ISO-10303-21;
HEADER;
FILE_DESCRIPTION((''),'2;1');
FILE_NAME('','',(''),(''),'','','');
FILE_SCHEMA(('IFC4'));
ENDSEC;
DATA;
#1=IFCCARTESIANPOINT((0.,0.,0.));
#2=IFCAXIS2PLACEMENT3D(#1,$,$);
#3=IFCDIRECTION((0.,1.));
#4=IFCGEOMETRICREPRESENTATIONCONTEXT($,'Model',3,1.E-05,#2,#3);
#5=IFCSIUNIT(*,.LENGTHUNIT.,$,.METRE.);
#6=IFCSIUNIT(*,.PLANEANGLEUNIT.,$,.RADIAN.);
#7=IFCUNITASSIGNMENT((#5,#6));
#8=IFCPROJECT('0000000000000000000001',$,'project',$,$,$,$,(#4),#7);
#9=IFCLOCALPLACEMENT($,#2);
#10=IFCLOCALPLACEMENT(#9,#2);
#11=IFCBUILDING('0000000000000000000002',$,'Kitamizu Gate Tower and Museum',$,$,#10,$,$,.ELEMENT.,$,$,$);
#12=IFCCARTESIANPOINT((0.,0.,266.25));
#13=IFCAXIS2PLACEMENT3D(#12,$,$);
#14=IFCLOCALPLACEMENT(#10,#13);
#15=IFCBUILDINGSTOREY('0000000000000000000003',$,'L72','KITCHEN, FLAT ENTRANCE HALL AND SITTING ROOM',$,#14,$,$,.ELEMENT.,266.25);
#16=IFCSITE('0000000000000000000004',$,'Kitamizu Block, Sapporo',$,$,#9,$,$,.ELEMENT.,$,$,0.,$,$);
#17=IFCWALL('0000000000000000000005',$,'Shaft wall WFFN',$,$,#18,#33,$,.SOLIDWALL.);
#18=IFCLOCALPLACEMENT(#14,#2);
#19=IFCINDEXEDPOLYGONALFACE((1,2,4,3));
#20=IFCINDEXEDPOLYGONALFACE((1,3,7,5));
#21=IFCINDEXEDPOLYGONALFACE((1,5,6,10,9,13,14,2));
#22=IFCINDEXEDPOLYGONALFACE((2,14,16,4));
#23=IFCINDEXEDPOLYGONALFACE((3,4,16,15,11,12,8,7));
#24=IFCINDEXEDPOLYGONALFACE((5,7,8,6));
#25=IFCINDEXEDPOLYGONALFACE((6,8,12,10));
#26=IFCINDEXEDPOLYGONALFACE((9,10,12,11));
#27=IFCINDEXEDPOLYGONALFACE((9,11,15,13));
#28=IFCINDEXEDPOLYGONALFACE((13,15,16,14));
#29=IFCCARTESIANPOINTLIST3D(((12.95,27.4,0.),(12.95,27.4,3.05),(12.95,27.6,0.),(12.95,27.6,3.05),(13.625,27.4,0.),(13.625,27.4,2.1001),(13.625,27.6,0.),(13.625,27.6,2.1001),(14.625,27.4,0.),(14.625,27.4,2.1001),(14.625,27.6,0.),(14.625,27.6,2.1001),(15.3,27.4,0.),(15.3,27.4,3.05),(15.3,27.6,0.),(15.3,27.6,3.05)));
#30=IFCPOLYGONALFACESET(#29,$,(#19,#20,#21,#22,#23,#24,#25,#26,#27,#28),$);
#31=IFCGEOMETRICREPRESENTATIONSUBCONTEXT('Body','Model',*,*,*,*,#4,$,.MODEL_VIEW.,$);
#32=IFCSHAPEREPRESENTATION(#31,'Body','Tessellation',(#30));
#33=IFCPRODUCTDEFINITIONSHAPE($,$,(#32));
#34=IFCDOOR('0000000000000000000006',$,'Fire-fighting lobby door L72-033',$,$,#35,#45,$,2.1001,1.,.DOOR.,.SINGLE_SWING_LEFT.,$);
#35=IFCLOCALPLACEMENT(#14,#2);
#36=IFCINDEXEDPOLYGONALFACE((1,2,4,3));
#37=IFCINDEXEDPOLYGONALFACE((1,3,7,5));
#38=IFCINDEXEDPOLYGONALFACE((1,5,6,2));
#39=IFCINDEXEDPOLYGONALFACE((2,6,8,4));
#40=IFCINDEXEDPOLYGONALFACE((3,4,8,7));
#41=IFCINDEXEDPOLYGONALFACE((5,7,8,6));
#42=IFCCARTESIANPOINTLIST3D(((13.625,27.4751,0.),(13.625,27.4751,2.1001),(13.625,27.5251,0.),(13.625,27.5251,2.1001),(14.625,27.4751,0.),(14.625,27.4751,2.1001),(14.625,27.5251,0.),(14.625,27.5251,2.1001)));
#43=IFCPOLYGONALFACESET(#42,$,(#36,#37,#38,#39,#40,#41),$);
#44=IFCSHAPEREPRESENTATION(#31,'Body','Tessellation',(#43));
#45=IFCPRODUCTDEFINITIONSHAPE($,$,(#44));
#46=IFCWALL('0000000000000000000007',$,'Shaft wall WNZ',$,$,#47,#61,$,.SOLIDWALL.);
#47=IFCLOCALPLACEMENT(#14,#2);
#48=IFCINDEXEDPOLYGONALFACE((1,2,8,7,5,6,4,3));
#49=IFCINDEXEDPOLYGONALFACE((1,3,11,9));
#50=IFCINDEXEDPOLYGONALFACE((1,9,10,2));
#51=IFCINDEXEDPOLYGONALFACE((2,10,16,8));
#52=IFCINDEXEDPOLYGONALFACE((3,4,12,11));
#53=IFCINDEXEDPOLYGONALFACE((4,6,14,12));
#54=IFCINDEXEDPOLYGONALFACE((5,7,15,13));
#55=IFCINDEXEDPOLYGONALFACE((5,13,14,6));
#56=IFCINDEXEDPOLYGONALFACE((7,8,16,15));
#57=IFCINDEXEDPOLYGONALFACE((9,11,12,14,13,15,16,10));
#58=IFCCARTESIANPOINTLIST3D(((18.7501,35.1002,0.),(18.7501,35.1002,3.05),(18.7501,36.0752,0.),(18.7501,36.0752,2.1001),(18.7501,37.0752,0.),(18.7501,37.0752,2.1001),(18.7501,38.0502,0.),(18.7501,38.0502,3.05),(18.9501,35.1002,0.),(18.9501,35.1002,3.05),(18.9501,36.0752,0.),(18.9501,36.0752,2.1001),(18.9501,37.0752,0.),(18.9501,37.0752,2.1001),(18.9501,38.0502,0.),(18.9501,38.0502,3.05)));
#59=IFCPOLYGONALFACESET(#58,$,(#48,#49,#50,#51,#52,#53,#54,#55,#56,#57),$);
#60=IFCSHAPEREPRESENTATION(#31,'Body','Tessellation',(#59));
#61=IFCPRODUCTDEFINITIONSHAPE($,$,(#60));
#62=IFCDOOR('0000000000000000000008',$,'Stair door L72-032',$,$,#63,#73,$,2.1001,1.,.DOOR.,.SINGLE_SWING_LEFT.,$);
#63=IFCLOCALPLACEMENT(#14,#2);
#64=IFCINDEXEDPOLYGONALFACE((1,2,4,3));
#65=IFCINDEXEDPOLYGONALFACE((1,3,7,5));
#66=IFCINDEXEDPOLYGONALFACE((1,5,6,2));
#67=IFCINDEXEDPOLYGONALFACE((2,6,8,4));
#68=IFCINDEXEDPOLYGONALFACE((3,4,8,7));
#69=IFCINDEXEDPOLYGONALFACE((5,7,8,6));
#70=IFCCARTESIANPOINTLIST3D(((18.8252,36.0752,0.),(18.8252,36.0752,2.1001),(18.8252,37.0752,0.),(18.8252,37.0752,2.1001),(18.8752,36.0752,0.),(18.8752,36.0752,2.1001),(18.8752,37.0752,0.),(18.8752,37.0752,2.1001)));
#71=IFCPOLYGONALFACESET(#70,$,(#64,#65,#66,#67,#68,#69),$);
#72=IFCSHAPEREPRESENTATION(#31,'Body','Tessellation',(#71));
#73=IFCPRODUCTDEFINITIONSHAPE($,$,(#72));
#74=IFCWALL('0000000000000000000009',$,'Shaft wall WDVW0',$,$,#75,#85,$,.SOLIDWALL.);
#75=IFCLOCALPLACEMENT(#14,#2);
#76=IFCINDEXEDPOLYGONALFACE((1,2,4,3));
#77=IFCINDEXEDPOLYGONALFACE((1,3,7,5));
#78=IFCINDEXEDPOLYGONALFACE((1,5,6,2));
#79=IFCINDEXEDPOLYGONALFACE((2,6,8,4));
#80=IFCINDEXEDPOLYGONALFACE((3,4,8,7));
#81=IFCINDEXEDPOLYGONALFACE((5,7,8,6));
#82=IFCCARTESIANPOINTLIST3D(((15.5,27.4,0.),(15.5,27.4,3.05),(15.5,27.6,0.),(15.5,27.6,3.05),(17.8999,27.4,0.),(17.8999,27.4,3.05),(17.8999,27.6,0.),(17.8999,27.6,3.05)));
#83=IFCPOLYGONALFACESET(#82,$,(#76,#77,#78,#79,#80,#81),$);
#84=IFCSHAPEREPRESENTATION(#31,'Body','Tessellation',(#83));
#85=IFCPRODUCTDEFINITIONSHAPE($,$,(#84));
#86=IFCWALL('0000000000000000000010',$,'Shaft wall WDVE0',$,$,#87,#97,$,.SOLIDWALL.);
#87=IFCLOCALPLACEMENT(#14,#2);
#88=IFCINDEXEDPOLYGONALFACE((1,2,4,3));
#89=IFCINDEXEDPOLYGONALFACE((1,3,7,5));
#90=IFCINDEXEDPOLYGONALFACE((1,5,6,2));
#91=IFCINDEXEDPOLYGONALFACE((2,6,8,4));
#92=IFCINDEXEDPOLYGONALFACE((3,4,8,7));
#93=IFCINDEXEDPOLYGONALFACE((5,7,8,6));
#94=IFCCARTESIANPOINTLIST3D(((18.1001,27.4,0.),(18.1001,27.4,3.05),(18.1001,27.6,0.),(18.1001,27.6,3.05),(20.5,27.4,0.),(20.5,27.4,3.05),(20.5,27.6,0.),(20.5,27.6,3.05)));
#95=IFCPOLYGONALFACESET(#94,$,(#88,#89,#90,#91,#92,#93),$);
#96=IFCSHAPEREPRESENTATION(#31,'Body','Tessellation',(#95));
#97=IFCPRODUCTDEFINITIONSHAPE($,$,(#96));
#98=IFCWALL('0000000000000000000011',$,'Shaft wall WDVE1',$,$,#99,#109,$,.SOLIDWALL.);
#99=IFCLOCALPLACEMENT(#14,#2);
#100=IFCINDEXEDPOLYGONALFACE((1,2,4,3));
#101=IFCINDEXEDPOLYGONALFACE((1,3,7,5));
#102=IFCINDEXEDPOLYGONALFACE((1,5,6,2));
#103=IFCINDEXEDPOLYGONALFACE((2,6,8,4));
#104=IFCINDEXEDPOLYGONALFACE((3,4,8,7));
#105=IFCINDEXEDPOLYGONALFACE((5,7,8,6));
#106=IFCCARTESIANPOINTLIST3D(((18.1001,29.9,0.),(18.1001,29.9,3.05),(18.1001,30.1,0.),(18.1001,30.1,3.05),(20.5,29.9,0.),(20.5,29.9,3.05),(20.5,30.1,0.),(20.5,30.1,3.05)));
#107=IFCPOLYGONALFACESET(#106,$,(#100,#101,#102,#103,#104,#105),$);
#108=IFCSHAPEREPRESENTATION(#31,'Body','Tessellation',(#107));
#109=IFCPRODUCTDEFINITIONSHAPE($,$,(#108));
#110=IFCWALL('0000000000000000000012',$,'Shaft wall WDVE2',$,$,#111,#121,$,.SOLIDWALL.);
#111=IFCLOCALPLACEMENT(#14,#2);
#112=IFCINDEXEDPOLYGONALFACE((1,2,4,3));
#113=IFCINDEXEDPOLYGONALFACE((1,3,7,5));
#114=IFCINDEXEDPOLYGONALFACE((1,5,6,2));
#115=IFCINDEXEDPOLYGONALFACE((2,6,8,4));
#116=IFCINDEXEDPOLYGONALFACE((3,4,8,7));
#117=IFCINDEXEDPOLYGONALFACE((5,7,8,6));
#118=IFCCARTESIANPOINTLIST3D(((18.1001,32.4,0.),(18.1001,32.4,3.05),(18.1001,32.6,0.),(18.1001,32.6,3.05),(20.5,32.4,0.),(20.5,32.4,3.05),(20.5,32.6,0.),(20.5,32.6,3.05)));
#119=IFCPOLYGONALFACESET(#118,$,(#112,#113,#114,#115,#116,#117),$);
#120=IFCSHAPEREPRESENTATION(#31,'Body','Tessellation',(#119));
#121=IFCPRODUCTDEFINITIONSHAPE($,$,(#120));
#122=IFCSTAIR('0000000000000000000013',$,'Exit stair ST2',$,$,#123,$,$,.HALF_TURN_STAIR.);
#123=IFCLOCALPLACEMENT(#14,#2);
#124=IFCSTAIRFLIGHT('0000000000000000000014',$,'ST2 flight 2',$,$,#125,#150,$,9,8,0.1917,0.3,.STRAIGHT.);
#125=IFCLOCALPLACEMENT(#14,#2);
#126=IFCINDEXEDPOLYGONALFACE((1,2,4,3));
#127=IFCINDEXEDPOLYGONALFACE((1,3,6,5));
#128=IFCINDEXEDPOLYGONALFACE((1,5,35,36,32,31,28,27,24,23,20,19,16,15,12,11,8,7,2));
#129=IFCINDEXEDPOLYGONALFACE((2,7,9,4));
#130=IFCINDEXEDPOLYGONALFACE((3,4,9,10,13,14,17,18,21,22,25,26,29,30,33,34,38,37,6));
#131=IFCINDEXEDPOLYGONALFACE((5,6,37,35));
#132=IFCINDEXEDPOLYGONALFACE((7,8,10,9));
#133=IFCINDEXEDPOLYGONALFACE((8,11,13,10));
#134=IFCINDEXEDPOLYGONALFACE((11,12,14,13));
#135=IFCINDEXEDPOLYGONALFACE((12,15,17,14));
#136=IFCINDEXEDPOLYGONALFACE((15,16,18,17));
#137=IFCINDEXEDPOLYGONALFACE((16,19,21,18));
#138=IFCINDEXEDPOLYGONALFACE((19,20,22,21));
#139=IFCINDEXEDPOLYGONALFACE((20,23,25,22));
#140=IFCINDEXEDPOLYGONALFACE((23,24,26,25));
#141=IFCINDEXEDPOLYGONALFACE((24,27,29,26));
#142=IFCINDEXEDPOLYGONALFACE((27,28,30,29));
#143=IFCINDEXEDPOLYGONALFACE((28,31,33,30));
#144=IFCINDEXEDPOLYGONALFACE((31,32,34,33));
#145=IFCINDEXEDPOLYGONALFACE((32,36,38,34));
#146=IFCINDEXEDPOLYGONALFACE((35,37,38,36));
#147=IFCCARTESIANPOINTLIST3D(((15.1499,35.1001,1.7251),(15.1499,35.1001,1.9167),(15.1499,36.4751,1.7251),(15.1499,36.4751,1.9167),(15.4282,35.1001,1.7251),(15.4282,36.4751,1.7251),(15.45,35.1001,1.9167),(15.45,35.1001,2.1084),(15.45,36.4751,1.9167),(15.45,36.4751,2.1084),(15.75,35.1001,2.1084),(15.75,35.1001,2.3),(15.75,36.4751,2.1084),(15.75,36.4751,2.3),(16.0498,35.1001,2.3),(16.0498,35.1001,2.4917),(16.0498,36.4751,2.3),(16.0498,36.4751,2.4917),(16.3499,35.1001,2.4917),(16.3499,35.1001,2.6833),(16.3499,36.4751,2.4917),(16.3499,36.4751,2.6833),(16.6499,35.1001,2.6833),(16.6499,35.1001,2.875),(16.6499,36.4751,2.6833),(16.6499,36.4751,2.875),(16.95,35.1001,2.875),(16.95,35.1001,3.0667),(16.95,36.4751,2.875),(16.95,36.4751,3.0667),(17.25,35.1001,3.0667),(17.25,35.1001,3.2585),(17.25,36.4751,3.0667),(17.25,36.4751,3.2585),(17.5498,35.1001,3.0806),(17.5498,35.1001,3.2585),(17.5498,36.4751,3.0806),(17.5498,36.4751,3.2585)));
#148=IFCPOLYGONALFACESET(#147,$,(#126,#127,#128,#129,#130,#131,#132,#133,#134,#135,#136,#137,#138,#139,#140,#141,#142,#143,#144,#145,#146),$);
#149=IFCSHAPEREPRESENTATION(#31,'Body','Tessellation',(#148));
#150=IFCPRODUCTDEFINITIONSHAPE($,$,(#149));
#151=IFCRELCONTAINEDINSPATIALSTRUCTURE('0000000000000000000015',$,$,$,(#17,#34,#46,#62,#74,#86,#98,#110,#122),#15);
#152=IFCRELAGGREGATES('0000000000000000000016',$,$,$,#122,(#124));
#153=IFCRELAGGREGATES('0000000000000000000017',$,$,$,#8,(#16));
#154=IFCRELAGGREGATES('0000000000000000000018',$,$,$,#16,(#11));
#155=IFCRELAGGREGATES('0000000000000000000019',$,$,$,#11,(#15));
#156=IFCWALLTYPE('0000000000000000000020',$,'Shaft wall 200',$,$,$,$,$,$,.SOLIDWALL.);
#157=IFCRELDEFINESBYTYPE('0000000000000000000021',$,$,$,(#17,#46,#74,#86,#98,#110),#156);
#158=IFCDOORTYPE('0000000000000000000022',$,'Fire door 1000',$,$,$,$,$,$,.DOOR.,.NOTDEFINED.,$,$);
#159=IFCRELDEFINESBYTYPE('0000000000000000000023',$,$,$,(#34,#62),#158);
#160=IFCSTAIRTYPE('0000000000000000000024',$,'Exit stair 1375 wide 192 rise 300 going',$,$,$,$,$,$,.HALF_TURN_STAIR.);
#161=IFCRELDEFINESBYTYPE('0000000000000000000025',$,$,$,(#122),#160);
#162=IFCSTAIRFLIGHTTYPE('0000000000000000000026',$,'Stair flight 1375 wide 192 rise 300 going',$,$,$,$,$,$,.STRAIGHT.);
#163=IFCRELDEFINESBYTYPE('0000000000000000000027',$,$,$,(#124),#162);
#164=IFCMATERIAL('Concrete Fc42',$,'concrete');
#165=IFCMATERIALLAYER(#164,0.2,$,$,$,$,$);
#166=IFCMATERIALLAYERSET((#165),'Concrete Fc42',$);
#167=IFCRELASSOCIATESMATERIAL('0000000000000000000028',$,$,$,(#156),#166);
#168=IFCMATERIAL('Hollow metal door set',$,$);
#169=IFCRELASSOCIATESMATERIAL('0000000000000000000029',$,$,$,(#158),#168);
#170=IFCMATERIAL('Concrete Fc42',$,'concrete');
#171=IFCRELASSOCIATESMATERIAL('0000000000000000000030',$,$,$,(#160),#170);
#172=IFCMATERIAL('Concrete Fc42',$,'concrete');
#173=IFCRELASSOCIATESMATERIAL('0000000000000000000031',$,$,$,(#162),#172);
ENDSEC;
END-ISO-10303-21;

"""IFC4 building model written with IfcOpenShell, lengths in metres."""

from ifc_helpers import new_model, si_unit, direction, frame, frame_2d, origin, place, context, subcontext, project, spatial, polyline, rectangle, outline, extrude, material, layer, layer_set, type_object, element, fill, aggregate, save


model = new_model("IFC4")

# Units and contexts
model_context = context("Model", 3, precision=1e-05, world=origin(), true_north=direction((0.0, 1.0)))
body_context = subcontext(model_context, "Body", "Model", "MODEL_VIEW")
ifc_project = project(units=[si_unit("LENGTHUNIT", "METRE"), si_unit("PLANEANGLEUNIT", "RADIAN")], contexts=[model_context])

# Site, building, storey
site_placement = place(None, origin())
site = spatial("IfcSite", under=ifc_project, at=site_placement, Name="Kitamizu Block, Sapporo", CompositionType="ELEMENT", RefElevation=0.0)
building_placement = place(site_placement, origin())
building = spatial("IfcBuilding", under=site, at=building_placement, Name="Kitamizu Gate Tower and Museum", CompositionType="ELEMENT")
storey_placement = place(building_placement, frame((0.0, 0.0, 266.25)))
storey = spatial("IfcBuildingStorey", under=building, at=storey_placement, Name="L72", Description="KITCHEN, FLAT ENTRANCE HALL AND SITTING ROOM", CompositionType="ELEMENT", Elevation=266.25)

# Shared definitions
ifc_material_1 = material(Name="Concrete Fc42", Category="concrete")
ifc_layer_1 = layer(ifc_material_1, 0.2)
ifc_layer_set_1 = layer_set([ifc_layer_1], Name="Concrete Fc42")
wall_type_1 = type_object("IfcWallType", Name="Shaft wall 200", PredefinedType="SOLIDWALL", material=ifc_layer_set_1)
ifc_material_2 = material(Name="Hollow metal door set")
door_type_1 = type_object("IfcDoorType", Name="Fire door 1000", OperationType="NOTDEFINED", PredefinedType="DOOR", material=ifc_material_2)

# Walls, openings, doors
wall_1_placement = place(storey_placement, frame((12.95, 27.5, 0.0), z_axis=(0.0, 0.0, 1.0), x_axis=(1.0, 0.0, 0.0)))
wall_1 = element("IfcWall", 1, at=wall_1_placement, inside=storey, type_object=wall_type_1, Name="Shaft wall WFFN", PredefinedType="SOLIDWALL", context=body_context, shape_type="SweptSolid", body=[
    extrude(rectangle(XDim=2.3501, YDim=0.2, at=frame_2d((1.175, 0.0))), origin(), (0.0, 0.0, 1.0), 3.05),
])
opening_1_placement = place(wall_1_placement, frame((0.675, 0.0, 0.0)))
opening_1 = element("IfcOpeningElement", 2, at=opening_1_placement, cuts=wall_1, PredefinedType="OPENING", context=body_context, shape_type="SweptSolid", body=[
    extrude(rectangle(XDim=1.0, YDim=2.1001, at=frame_2d((0.5, 1.05))), frame((0.0, 0.1099, 0.0), z_axis=(0.0, -1.0, 0.0), x_axis=(1.0, 0.0, 0.0)), (0.0, 0.0, 1.0), 0.22),
])
door_1_placement = place(opening_1_placement, frame((1.0, 0.0, 0.0), x_axis=(-1.0, 0.0, 0.0)))
door_1 = element("IfcDoor", 3, at=door_1_placement, inside=storey, type_object=door_type_1, Name="Fire-fighting lobby door L72-033", OperationType="SINGLE_SWING_LEFT", OverallHeight=2.1001, OverallWidth=1.0, PredefinedType="DOOR", context=body_context, shape_type="SweptSolid", body=[
    extrude(rectangle(XDim=1.0, YDim=2.1001, at=frame_2d((0.5, 1.05))), frame((0.0, 0.0249, 0.0), z_axis=(0.0, -1.0, 0.0), x_axis=(1.0, 0.0, 0.0)), (0.0, 0.0, 1.0), 0.05),
])
fill(opening_1, door_1)
wall_2_placement = place(storey_placement, frame((18.8501, 35.1001, 0.0), z_axis=(0.0, 0.0, 1.0), x_axis=(0.0, 1.0, 0.0)))
wall_2 = element("IfcWall", 4, at=wall_2_placement, inside=storey, type_object=wall_type_1, Name="Shaft wall WNZ", PredefinedType="SOLIDWALL", context=body_context, shape_type="SweptSolid", body=[
    extrude(rectangle(XDim=2.95, YDim=0.2, at=frame_2d((1.4751, 0.0))), origin(), (0.0, 0.0, 1.0), 3.05),
])
opening_2_placement = place(wall_2_placement, frame((0.9751, 0.0, 0.0)))
opening_2 = element("IfcOpeningElement", 5, at=opening_2_placement, cuts=wall_2, PredefinedType="OPENING", context=body_context, shape_type="SweptSolid", body=[
    extrude(rectangle(XDim=1.0, YDim=2.1001, at=frame_2d((0.5, 1.05))), frame((0.0, 0.1099, 0.0), z_axis=(0.0, -1.0, 0.0), x_axis=(1.0, 0.0, 0.0)), (0.0, 0.0, 1.0), 0.22),
])
door_2_placement = place(opening_2_placement, origin())
door_2 = element("IfcDoor", 6, at=door_2_placement, inside=storey, type_object=door_type_1, Name="Stair door L72-032", OperationType="SINGLE_SWING_LEFT", OverallHeight=2.1001, OverallWidth=1.0, PredefinedType="DOOR", context=body_context, shape_type="SweptSolid", body=[
    extrude(rectangle(XDim=1.0, YDim=2.1001, at=frame_2d((0.5, 1.05))), frame((0.0, 0.0249, 0.0), z_axis=(0.0, -1.0, 0.0), x_axis=(1.0, 0.0, 0.0)), (0.0, 0.0, 1.0), 0.05),
])
fill(opening_2, door_2)

# Walls
for number, where, z_axis, x_axis, name in (
    (7, (15.5, 27.5, 0.0), (0.0, 0.0, 1.0), (1.0, 0.0, 0.0), "Shaft wall WDVW0"),
    (8, (18.1001, 27.5, 0.0), (0.0, 0.0, 1.0), (1.0, 0.0, 0.0), "Shaft wall WDVE0"),
    (9, (18.1001, 30.0, 0.0), (0.0, 0.0, 1.0), (1.0, 0.0, 0.0), "Shaft wall WDVE1"),
    (10, (18.1001, 32.5, 0.0), (0.0, 0.0, 1.0), (1.0, 0.0, 0.0), "Shaft wall WDVE2"),
):
    element("IfcWall", number, at=place(storey_placement, frame(where, z_axis=z_axis, x_axis=x_axis)), inside=storey, type_object=wall_type_1, Name=name, PredefinedType="SOLIDWALL", context=body_context, shape_type="SweptSolid", body=[
        extrude(rectangle(XDim=2.3999, YDim=0.2, at=frame_2d((1.2, 0.0))), origin(), (0.0, 0.0, 1.0), 3.05),
    ])

# Stair, stair flight
ifc_material_3 = material(Name="Concrete Fc42", Category="concrete")
stair_type = type_object("IfcStairType", Name="Exit stair 1375 wide 192 rise 300 going", PredefinedType="HALF_TURN_STAIR", material=ifc_material_3)
stair_placement = place(storey_placement, origin())
stair = element("IfcStair", 11, at=stair_placement, inside=storey, type_object=stair_type, Name="Exit stair ST2", PredefinedType="HALF_TURN_STAIR")
ifc_material_4 = material(Name="Concrete Fc42", Category="concrete")
stair_flight_type = type_object("IfcStairFlightType", Name="Stair flight 1375 wide 192 rise 300 going", PredefinedType="STRAIGHT", material=ifc_material_4)
stair_flight_placement = place(storey_placement, frame((15.1499, 35.7876, 1.7251), z_axis=(0.0, 0.0, 1.0), x_axis=(1.0, 0.0, 0.0)))
stair_flight = element("IfcStairFlight", 12, at=stair_flight_placement, type_object=stair_flight_type, Name="ST2 flight 2", NumberOfRisers=9, NumberOfTreads=8, PredefinedType="STRAIGHT", RiserHeight=0.1917, TreadLength=0.3, context=body_context, shape_type="SweptSolid", body=[
    extrude(outline(polyline([(0.0, 0.0), (0.0, 0.1917), (0.3, 0.1917), (0.3, 0.3833), (0.6001, 0.3833), (0.6001, 0.575), (0.8999, 0.575), (0.8999, 0.7666), (1.2, 0.7666), (1.2, 0.9583), (1.5, 0.9583), (1.5, 1.1499), (1.8, 1.1499), (1.8, 1.3416), (2.1001, 1.3416), (2.1001, 1.5334), (2.3999, 1.5334), (2.3999, 1.7251), (2.3999, 1.3555), (0.2783, 0.0), (0.0, 0.0)])), frame((0.0, 0.6875, 0.0), z_axis=(0.0, -1.0, 0.0), x_axis=(1.0, 0.0, 0.0)), (0.0, 0.0, 1.0), 1.375),
])
aggregate(stair, [stair_flight])

save(model, "model.ifc")
